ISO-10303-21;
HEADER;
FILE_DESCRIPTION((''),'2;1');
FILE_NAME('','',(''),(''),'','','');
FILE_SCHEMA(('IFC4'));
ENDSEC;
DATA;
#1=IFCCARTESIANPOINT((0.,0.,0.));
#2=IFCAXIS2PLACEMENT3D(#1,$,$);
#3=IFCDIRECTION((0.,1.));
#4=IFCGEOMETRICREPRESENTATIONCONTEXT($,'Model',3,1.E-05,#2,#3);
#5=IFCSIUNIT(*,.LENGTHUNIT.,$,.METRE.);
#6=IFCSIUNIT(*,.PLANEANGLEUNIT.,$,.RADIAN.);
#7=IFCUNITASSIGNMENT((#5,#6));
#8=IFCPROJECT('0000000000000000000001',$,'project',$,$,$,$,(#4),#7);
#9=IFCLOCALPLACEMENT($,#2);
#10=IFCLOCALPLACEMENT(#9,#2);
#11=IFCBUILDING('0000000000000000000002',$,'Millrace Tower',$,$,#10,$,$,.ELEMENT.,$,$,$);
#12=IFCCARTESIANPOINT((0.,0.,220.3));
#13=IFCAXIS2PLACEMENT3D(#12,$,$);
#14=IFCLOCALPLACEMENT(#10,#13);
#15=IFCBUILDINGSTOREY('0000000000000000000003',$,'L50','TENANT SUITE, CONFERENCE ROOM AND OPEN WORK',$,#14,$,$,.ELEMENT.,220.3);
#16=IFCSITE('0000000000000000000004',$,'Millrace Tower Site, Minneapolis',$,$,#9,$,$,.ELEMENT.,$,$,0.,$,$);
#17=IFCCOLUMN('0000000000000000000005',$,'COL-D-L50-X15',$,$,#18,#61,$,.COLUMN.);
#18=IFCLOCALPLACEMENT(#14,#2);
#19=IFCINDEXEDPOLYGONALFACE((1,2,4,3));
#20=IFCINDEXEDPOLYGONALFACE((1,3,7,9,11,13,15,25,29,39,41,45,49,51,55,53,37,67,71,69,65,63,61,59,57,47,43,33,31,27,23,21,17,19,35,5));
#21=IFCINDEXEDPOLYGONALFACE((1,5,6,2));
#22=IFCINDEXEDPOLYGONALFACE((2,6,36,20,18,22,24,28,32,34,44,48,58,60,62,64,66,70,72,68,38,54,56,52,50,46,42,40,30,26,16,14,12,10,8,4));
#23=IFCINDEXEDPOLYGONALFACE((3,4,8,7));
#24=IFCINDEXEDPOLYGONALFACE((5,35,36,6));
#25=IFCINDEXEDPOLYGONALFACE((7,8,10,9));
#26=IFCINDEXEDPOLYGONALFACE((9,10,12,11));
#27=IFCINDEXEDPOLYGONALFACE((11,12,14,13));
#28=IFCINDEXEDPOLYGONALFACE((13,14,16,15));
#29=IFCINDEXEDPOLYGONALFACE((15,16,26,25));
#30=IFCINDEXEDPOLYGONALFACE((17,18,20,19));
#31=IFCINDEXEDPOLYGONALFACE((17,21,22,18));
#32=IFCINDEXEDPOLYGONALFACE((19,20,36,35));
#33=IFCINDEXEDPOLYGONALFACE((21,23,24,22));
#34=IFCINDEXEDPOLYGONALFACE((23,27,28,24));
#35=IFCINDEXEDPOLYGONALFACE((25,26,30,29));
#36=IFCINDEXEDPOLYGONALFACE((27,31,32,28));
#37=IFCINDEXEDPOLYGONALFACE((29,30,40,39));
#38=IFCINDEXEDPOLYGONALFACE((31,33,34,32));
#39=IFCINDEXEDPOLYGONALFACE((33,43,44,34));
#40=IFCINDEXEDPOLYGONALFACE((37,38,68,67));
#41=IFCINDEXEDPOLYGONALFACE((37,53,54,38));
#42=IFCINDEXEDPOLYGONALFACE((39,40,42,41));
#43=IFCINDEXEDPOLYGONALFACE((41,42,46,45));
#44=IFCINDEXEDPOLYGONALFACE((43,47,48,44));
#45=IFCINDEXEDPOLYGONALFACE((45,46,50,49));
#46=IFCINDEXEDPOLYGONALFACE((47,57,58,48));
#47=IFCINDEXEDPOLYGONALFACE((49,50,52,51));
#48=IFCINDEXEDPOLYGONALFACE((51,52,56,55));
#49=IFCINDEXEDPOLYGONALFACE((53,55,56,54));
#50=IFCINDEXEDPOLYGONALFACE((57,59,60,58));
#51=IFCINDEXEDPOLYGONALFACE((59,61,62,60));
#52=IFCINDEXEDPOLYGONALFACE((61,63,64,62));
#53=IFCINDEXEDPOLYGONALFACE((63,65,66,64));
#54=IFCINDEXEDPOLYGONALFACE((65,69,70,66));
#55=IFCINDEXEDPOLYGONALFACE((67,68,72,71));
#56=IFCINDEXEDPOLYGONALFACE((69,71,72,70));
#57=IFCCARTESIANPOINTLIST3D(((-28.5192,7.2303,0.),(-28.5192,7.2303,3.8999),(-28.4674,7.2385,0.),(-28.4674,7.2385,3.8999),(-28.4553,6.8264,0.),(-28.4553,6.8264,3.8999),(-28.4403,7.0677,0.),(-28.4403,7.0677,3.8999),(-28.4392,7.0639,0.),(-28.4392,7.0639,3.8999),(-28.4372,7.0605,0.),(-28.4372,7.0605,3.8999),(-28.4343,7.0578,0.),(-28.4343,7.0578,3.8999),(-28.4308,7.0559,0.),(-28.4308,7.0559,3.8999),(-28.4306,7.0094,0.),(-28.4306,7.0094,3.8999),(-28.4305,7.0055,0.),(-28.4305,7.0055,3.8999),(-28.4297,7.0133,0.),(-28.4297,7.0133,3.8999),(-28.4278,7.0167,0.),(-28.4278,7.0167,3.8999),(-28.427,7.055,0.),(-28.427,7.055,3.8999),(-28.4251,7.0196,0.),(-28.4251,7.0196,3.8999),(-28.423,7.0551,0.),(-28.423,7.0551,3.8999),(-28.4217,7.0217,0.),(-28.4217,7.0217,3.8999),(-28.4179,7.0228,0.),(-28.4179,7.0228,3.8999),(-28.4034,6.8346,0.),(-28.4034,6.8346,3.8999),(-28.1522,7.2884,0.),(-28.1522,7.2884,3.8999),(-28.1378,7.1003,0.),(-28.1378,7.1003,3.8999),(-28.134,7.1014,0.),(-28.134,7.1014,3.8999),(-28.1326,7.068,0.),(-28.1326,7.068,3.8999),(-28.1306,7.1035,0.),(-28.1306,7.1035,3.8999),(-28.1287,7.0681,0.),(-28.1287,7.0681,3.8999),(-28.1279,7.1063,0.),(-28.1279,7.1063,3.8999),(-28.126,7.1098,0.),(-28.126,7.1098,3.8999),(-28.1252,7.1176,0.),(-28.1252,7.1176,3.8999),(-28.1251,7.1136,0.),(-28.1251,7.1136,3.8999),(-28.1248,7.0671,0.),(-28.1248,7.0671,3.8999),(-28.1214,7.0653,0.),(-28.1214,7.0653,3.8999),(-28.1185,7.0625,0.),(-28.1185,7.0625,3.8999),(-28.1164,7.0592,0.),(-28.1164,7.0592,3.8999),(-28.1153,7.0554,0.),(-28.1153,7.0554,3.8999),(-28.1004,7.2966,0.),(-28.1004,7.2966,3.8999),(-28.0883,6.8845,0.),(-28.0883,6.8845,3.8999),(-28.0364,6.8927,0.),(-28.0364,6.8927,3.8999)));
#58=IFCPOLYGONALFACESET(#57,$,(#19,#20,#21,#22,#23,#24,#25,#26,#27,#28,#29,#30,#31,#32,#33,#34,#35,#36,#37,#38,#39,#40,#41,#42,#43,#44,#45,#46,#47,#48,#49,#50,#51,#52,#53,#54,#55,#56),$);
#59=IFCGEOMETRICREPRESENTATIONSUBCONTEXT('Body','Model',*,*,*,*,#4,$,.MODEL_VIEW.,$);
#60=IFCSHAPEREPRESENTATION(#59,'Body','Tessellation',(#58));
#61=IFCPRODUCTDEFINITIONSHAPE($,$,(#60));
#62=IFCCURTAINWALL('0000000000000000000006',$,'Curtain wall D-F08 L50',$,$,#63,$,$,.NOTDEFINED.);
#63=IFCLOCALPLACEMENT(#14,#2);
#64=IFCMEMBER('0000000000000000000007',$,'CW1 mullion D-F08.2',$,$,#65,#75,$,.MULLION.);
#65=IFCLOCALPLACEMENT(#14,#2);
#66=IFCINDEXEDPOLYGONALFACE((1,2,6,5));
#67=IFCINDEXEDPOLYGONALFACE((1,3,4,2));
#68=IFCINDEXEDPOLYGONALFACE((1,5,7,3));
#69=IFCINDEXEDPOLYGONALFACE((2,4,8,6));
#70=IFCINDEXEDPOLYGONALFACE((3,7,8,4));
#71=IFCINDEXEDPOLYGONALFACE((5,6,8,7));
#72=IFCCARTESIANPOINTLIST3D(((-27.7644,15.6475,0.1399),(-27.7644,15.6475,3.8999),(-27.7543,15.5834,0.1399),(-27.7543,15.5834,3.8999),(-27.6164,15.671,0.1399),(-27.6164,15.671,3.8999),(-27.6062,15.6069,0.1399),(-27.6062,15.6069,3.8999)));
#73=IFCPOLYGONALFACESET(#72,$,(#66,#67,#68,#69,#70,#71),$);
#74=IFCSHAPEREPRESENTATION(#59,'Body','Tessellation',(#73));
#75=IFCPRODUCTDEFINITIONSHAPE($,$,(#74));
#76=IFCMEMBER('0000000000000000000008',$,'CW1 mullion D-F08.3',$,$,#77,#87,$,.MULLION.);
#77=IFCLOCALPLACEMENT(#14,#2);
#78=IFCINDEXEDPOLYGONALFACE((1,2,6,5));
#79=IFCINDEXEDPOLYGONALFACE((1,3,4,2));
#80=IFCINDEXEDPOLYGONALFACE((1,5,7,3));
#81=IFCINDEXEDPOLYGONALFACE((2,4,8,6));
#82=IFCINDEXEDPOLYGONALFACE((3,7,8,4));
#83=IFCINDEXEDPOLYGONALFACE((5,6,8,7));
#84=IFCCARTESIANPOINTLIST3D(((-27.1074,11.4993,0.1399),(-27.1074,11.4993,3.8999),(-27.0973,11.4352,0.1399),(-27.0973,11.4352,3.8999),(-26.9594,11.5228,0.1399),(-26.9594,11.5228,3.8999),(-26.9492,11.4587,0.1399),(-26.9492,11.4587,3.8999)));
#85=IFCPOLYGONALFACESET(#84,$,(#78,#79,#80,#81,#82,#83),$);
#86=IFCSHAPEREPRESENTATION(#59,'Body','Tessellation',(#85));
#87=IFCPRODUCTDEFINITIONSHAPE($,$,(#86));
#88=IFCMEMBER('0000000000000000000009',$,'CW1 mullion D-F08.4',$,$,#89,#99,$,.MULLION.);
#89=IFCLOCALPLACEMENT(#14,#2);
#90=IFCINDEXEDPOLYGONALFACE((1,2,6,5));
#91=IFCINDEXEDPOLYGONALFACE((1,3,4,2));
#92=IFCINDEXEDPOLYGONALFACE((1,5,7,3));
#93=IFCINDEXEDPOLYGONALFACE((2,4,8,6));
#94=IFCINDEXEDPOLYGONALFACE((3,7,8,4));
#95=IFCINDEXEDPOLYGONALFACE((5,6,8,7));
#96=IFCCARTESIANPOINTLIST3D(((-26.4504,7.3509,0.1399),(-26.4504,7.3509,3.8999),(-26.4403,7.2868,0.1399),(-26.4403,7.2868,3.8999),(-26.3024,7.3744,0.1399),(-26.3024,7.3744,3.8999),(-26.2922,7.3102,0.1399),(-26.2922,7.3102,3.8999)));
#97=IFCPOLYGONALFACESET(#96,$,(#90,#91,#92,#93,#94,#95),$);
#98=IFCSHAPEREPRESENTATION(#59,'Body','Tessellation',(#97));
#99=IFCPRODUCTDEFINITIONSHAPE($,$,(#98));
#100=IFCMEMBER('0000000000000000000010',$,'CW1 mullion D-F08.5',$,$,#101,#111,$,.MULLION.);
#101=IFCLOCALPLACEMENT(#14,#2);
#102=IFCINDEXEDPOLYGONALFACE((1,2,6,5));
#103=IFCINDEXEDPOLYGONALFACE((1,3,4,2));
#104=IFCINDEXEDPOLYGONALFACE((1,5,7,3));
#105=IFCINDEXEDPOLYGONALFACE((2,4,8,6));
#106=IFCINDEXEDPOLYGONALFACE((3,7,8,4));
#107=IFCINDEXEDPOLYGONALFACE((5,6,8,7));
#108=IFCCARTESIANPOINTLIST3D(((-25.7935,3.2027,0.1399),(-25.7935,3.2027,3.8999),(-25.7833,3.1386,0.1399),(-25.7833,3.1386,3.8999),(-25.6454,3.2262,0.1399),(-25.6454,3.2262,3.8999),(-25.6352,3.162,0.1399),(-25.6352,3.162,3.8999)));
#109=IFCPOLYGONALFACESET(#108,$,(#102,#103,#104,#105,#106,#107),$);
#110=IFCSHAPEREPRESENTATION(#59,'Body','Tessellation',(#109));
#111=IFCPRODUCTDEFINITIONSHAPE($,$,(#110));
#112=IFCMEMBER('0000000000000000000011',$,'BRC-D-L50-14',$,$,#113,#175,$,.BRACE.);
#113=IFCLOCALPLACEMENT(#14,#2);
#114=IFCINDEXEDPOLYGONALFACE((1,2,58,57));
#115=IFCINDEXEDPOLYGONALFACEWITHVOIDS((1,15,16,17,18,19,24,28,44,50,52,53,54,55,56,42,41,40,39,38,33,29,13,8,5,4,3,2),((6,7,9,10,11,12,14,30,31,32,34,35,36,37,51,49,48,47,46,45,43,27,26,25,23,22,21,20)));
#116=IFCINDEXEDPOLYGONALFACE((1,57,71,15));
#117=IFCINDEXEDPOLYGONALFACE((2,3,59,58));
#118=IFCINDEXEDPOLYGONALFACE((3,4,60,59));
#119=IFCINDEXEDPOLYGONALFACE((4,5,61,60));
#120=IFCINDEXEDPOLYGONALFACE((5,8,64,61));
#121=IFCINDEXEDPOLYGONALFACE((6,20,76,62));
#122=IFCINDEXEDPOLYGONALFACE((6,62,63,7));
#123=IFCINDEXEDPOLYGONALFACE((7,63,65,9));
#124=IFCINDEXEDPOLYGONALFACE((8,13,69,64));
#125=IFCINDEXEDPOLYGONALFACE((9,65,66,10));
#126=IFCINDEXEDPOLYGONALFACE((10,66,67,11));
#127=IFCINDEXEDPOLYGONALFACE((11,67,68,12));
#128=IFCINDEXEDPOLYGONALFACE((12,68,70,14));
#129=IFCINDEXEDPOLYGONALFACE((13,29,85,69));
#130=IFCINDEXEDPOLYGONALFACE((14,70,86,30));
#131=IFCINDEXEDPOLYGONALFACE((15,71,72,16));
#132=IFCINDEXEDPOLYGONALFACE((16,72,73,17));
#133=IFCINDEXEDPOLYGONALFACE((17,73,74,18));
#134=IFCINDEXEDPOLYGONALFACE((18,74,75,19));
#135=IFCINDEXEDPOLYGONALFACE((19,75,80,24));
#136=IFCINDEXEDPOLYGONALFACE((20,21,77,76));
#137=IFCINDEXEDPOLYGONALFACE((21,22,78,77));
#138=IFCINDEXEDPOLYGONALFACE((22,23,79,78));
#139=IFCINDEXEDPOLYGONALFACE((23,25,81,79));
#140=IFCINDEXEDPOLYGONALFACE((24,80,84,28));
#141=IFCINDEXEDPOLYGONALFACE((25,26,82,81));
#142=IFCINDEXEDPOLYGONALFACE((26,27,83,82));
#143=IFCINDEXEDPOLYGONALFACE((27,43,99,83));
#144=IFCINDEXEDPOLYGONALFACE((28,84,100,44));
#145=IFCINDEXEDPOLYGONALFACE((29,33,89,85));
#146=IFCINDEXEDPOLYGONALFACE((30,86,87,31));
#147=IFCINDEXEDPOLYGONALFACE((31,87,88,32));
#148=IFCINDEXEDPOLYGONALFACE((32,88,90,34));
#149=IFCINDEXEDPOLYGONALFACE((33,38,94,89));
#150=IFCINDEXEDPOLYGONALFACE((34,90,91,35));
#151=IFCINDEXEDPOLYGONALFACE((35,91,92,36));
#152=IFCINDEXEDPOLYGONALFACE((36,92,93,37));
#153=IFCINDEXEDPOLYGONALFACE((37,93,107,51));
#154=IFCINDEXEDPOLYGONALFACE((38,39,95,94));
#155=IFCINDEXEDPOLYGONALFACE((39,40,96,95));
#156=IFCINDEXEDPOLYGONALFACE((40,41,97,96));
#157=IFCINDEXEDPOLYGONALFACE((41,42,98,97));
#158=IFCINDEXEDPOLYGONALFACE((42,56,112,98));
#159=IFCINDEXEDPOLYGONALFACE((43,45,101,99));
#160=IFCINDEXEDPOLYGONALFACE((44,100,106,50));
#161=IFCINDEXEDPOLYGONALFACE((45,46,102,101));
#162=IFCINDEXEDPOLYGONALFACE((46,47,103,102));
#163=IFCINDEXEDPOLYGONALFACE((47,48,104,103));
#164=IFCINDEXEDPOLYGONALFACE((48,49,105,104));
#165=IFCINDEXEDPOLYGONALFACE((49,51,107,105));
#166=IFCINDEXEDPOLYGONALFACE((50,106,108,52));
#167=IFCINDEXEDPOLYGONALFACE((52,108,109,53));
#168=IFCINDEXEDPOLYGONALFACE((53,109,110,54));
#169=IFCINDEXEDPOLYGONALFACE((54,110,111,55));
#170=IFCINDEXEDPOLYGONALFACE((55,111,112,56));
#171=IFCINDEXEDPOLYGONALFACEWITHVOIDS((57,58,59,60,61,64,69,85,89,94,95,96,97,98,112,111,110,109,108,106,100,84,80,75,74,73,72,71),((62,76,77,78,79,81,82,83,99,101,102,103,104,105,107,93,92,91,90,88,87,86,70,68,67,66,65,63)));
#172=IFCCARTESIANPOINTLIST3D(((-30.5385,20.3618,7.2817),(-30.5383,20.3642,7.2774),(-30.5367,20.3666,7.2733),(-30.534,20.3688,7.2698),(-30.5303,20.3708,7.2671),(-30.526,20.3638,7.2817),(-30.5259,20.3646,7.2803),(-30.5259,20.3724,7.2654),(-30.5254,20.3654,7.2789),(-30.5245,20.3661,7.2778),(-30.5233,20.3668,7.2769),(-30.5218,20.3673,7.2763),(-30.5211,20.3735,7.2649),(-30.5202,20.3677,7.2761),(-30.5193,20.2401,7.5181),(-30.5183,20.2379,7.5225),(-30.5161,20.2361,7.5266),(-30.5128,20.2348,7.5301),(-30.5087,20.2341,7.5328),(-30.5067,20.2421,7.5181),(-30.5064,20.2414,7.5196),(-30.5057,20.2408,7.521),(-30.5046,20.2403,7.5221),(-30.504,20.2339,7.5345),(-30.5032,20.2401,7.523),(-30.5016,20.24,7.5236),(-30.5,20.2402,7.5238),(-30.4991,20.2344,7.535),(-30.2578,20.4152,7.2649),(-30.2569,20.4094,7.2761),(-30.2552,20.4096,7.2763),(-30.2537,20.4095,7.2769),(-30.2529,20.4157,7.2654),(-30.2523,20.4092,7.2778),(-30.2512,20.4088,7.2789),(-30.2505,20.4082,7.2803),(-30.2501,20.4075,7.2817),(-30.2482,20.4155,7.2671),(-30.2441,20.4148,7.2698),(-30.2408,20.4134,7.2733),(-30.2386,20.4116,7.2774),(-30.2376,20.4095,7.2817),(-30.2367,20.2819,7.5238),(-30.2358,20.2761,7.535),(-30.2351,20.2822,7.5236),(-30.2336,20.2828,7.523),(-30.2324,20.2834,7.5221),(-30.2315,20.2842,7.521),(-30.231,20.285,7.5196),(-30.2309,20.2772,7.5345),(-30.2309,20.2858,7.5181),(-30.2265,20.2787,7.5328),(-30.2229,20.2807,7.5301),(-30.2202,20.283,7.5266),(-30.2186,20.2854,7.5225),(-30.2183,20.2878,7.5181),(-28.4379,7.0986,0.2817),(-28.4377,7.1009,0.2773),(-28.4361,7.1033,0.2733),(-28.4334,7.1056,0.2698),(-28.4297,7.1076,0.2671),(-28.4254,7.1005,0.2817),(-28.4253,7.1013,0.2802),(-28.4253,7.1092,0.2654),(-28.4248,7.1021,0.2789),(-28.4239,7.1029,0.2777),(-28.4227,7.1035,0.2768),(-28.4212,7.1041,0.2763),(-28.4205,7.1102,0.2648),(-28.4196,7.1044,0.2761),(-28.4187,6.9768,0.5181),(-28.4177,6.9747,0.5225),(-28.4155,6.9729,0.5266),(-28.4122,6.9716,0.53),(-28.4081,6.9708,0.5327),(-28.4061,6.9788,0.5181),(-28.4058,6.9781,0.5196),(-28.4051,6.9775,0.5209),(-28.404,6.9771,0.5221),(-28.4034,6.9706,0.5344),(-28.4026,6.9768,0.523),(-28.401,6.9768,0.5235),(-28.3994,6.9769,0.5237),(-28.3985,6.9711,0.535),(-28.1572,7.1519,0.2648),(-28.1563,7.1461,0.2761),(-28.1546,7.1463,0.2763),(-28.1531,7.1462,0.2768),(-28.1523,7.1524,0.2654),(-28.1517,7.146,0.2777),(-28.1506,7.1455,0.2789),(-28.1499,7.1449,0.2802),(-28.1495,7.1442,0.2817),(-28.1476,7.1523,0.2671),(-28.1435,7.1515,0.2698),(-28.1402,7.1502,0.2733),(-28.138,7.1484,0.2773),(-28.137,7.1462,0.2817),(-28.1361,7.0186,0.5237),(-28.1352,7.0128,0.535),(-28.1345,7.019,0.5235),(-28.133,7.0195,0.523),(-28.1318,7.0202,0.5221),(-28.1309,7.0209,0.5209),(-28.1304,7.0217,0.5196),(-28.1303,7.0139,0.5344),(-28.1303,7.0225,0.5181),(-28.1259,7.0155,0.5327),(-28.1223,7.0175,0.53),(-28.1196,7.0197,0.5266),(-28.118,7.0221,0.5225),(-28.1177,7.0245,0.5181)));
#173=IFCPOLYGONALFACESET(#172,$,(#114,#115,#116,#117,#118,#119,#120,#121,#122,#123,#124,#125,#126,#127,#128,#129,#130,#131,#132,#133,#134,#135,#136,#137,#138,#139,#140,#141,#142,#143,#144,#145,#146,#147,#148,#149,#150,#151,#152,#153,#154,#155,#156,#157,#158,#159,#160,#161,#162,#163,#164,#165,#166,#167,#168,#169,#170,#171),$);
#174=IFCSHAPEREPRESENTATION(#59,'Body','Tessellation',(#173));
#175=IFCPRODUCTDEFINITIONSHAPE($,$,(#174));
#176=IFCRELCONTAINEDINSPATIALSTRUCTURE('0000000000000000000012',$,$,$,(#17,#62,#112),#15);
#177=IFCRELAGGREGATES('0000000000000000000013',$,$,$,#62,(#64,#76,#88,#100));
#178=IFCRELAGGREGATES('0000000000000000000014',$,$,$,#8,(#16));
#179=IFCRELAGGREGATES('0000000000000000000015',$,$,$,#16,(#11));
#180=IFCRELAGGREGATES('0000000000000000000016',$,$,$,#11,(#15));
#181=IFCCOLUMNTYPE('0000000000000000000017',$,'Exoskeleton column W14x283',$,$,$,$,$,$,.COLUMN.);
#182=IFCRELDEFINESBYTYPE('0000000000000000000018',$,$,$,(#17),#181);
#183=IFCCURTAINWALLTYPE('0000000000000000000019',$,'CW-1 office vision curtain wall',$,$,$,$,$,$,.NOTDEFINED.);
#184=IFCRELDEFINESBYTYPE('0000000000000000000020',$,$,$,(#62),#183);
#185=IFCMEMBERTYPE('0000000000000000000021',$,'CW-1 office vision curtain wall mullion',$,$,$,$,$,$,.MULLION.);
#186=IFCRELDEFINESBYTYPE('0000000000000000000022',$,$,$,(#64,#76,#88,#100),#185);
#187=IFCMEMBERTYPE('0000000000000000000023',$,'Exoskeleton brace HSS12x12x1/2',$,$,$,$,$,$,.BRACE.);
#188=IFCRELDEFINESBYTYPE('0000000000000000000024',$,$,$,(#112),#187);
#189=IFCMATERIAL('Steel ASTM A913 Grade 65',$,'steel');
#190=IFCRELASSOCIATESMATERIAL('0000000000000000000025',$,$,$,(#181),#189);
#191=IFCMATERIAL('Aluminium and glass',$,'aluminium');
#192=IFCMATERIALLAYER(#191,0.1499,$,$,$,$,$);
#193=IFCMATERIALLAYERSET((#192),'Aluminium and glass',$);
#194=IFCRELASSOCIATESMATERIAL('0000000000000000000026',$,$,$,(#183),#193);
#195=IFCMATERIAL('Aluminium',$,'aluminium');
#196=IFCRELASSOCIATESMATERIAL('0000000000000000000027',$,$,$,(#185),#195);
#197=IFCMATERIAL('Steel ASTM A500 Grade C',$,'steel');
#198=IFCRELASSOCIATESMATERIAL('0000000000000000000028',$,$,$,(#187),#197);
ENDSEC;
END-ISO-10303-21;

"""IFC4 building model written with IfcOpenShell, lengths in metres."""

from ifc_helpers import new_model, si_unit, direction, frame, origin, origin_2d, place, context, subcontext, project, spatial, rectangle, hollow_rectangle, i_section, extrude, material, layer, layer_set, material_profile, profile_set, type_object, element, aggregate, save


model = new_model("IFC4")

# Units and contexts
model_context = context("Model", 3, precision=1e-05, world=origin(), true_north=direction((0.0, 1.0)))
body_context = subcontext(model_context, "Body", "Model", "MODEL_VIEW")
ifc_project = project(units=[si_unit("LENGTHUNIT", "METRE"), si_unit("PLANEANGLEUNIT", "RADIAN")], contexts=[model_context])

# Site, building, storey
site_placement = place(None, origin())
site = spatial("IfcSite", under=ifc_project, at=site_placement, Name="Millrace Tower Site, Minneapolis", CompositionType="ELEMENT", RefElevation=0.0)
building_placement = place(site_placement, origin())
building = spatial("IfcBuilding", under=site, at=building_placement, Name="Millrace Tower", CompositionType="ELEMENT")
storey_placement = place(building_placement, frame((0.0, 0.0, 220.3)))
storey = spatial("IfcBuildingStorey", under=building, at=storey_placement, Name="L50", Description="TENANT SUITE, CONFERENCE ROOM AND OPEN WORK", CompositionType="ELEMENT", Elevation=220.3)

# Column
ifc_material_1 = material(Name="Steel ASTM A913 Grade 65", Category="steel")
ifc_material_profile_1 = material_profile(ifc_material_1, i_section(OverallWidth=0.4089, OverallDepth=0.4241, WebThickness=0.0327, FlangeThickness=0.0525, FilletRadius=0.0151, at=origin_2d()))
ifc_profile_set_1 = profile_set([ifc_material_profile_1], Name="Steel ASTM A913 Grade 65")
column_type = type_object("IfcColumnType", Name="Exoskeleton column W14x283", PredefinedType="COLUMN", material=ifc_profile_set_1)
column_placement = place(storey_placement, frame((-28.2778, 7.0615, 0.0), z_axis=(0.0, 0.0, 1.0), x_axis=(0.156434, -0.987688, 0.0)))
element("IfcColumn", 1, at=column_placement, inside=storey, type_object=column_type, Name="COL-D-L50-X15", PredefinedType="COLUMN", context=body_context, shape_type="SweptSolid", body=[
    extrude(i_section(OverallWidth=0.4089, OverallDepth=0.4241, WebThickness=0.0327, FlangeThickness=0.0525, FilletRadius=0.0151, at=origin_2d()), origin(), (0.0, 0.0, 1.0), 3.8999),
])

# Curtain wall, members
ifc_material_2 = material(Name="Aluminium and glass", Category="aluminium")
ifc_layer_1 = layer(ifc_material_2, 0.1499)
ifc_layer_set_1 = layer_set([ifc_layer_1], Name="Aluminium and glass")
curtain_wall_type = type_object("IfcCurtainWallType", Name="CW-1 office vision curtain wall", PredefinedType="NOTDEFINED", material=ifc_layer_set_1)
curtain_wall_placement = place(storey_placement, origin())
curtain_wall = element("IfcCurtainWall", 2, at=curtain_wall_placement, inside=storey, type_object=curtain_wall_type, Name="Curtain wall D-F08 L50", PredefinedType="NOTDEFINED")
ifc_material_3 = material(Name="Aluminium", Category="aluminium")
ifc_material_profile_2 = material_profile(ifc_material_3, rectangle(XDim=0.0649, YDim=0.1499, at=origin_2d()))
ifc_profile_set_2 = profile_set([ifc_material_profile_2], Name="Aluminium")
member_type_1 = type_object("IfcMemberType", Name="CW-1 office vision curtain wall mullion", PredefinedType="MULLION", material=ifc_profile_set_2)
member_1_placement = place(storey_placement, frame((-27.6853, 15.6272, 0.1399), z_axis=(0.0, 0.0, 1.0), x_axis=(0.156434, -0.987688, 0.0)))
member_1 = element("IfcMember", 3, at=member_1_placement, type_object=member_type_1, Name="CW1 mullion D-F08.2", PredefinedType="MULLION", context=body_context, shape_type="SweptSolid", body=[
    extrude(rectangle(XDim=0.0649, YDim=0.1499, at=origin_2d()), origin(), (0.0, 0.0, 1.0), 3.76),
])
member_2_placement = place(storey_placement, frame((-27.0283, 11.479, 0.1399), z_axis=(0.0, 0.0, 1.0), x_axis=(0.156434, -0.987688, 0.0)))
member_2 = element("IfcMember", 4, at=member_2_placement, type_object=member_type_1, Name="CW1 mullion D-F08.3", PredefinedType="MULLION", context=body_context, shape_type="SweptSolid", body=[
    extrude(rectangle(XDim=0.0649, YDim=0.1499, at=origin_2d()), origin(), (0.0, 0.0, 1.0), 3.76),
])
member_3_placement = place(storey_placement, frame((-26.3713, 7.3306, 0.1399), z_axis=(0.0, 0.0, 1.0), x_axis=(0.156434, -0.987688, 0.0)))
member_3 = element("IfcMember", 5, at=member_3_placement, type_object=member_type_1, Name="CW1 mullion D-F08.4", PredefinedType="MULLION", context=body_context, shape_type="SweptSolid", body=[
    extrude(rectangle(XDim=0.0649, YDim=0.1499, at=origin_2d()), origin(), (0.0, 0.0, 1.0), 3.76),
])
member_4_placement = place(storey_placement, frame((-25.7144, 3.1824, 0.1399), z_axis=(0.0, 0.0, 1.0), x_axis=(0.156434, -0.987688, 0.0)))
member_4 = element("IfcMember", 6, at=member_4_placement, type_object=member_type_1, Name="CW1 mullion D-F08.5", PredefinedType="MULLION", context=body_context, shape_type="SweptSolid", body=[
    extrude(rectangle(XDim=0.0649, YDim=0.1499, at=origin_2d()), origin(), (0.0, 0.0, 1.0), 3.76),
])
aggregate(curtain_wall, [member_1, member_2, member_3, member_4])

# Member
ifc_material_4 = material(Name="Steel ASTM A500 Grade C", Category="steel")
ifc_material_profile_3 = material_profile(ifc_material_4, hollow_rectangle(XDim=0.3047, YDim=0.3047, WallThickness=0.0127, InnerFilletRadius=0.0063, OuterFilletRadius=0.019, at=origin_2d()))
ifc_profile_set_3 = profile_set([ifc_material_profile_3], Name="Steel ASTM A500 Grade C")
member_type_2 = type_object("IfcMemberType", Name="Exoskeleton brace HSS12x12x1/2", PredefinedType="BRACE", material=ifc_profile_set_3)
member_5_placement = place(storey_placement, frame((-28.2778, 7.0615, 0.3999), z_axis=(-0.138712, 0.875836, 0.462246), x_axis=(-0.987689, -0.156427, 0.0)))
element("IfcMember", 7, at=member_5_placement, inside=storey, type_object=member_type_2, Name="BRC-D-L50-14", PredefinedType="BRACE", context=body_context, shape_type="SweptSolid", body=[
    extrude(hollow_rectangle(XDim=0.3047, YDim=0.3047, WallThickness=0.0127, InnerFilletRadius=0.0063, OuterFilletRadius=0.019, at=origin_2d()), origin(), (0.0, 0.0, 1.0), 15.1436),
])

save(model, "model.ifc")
